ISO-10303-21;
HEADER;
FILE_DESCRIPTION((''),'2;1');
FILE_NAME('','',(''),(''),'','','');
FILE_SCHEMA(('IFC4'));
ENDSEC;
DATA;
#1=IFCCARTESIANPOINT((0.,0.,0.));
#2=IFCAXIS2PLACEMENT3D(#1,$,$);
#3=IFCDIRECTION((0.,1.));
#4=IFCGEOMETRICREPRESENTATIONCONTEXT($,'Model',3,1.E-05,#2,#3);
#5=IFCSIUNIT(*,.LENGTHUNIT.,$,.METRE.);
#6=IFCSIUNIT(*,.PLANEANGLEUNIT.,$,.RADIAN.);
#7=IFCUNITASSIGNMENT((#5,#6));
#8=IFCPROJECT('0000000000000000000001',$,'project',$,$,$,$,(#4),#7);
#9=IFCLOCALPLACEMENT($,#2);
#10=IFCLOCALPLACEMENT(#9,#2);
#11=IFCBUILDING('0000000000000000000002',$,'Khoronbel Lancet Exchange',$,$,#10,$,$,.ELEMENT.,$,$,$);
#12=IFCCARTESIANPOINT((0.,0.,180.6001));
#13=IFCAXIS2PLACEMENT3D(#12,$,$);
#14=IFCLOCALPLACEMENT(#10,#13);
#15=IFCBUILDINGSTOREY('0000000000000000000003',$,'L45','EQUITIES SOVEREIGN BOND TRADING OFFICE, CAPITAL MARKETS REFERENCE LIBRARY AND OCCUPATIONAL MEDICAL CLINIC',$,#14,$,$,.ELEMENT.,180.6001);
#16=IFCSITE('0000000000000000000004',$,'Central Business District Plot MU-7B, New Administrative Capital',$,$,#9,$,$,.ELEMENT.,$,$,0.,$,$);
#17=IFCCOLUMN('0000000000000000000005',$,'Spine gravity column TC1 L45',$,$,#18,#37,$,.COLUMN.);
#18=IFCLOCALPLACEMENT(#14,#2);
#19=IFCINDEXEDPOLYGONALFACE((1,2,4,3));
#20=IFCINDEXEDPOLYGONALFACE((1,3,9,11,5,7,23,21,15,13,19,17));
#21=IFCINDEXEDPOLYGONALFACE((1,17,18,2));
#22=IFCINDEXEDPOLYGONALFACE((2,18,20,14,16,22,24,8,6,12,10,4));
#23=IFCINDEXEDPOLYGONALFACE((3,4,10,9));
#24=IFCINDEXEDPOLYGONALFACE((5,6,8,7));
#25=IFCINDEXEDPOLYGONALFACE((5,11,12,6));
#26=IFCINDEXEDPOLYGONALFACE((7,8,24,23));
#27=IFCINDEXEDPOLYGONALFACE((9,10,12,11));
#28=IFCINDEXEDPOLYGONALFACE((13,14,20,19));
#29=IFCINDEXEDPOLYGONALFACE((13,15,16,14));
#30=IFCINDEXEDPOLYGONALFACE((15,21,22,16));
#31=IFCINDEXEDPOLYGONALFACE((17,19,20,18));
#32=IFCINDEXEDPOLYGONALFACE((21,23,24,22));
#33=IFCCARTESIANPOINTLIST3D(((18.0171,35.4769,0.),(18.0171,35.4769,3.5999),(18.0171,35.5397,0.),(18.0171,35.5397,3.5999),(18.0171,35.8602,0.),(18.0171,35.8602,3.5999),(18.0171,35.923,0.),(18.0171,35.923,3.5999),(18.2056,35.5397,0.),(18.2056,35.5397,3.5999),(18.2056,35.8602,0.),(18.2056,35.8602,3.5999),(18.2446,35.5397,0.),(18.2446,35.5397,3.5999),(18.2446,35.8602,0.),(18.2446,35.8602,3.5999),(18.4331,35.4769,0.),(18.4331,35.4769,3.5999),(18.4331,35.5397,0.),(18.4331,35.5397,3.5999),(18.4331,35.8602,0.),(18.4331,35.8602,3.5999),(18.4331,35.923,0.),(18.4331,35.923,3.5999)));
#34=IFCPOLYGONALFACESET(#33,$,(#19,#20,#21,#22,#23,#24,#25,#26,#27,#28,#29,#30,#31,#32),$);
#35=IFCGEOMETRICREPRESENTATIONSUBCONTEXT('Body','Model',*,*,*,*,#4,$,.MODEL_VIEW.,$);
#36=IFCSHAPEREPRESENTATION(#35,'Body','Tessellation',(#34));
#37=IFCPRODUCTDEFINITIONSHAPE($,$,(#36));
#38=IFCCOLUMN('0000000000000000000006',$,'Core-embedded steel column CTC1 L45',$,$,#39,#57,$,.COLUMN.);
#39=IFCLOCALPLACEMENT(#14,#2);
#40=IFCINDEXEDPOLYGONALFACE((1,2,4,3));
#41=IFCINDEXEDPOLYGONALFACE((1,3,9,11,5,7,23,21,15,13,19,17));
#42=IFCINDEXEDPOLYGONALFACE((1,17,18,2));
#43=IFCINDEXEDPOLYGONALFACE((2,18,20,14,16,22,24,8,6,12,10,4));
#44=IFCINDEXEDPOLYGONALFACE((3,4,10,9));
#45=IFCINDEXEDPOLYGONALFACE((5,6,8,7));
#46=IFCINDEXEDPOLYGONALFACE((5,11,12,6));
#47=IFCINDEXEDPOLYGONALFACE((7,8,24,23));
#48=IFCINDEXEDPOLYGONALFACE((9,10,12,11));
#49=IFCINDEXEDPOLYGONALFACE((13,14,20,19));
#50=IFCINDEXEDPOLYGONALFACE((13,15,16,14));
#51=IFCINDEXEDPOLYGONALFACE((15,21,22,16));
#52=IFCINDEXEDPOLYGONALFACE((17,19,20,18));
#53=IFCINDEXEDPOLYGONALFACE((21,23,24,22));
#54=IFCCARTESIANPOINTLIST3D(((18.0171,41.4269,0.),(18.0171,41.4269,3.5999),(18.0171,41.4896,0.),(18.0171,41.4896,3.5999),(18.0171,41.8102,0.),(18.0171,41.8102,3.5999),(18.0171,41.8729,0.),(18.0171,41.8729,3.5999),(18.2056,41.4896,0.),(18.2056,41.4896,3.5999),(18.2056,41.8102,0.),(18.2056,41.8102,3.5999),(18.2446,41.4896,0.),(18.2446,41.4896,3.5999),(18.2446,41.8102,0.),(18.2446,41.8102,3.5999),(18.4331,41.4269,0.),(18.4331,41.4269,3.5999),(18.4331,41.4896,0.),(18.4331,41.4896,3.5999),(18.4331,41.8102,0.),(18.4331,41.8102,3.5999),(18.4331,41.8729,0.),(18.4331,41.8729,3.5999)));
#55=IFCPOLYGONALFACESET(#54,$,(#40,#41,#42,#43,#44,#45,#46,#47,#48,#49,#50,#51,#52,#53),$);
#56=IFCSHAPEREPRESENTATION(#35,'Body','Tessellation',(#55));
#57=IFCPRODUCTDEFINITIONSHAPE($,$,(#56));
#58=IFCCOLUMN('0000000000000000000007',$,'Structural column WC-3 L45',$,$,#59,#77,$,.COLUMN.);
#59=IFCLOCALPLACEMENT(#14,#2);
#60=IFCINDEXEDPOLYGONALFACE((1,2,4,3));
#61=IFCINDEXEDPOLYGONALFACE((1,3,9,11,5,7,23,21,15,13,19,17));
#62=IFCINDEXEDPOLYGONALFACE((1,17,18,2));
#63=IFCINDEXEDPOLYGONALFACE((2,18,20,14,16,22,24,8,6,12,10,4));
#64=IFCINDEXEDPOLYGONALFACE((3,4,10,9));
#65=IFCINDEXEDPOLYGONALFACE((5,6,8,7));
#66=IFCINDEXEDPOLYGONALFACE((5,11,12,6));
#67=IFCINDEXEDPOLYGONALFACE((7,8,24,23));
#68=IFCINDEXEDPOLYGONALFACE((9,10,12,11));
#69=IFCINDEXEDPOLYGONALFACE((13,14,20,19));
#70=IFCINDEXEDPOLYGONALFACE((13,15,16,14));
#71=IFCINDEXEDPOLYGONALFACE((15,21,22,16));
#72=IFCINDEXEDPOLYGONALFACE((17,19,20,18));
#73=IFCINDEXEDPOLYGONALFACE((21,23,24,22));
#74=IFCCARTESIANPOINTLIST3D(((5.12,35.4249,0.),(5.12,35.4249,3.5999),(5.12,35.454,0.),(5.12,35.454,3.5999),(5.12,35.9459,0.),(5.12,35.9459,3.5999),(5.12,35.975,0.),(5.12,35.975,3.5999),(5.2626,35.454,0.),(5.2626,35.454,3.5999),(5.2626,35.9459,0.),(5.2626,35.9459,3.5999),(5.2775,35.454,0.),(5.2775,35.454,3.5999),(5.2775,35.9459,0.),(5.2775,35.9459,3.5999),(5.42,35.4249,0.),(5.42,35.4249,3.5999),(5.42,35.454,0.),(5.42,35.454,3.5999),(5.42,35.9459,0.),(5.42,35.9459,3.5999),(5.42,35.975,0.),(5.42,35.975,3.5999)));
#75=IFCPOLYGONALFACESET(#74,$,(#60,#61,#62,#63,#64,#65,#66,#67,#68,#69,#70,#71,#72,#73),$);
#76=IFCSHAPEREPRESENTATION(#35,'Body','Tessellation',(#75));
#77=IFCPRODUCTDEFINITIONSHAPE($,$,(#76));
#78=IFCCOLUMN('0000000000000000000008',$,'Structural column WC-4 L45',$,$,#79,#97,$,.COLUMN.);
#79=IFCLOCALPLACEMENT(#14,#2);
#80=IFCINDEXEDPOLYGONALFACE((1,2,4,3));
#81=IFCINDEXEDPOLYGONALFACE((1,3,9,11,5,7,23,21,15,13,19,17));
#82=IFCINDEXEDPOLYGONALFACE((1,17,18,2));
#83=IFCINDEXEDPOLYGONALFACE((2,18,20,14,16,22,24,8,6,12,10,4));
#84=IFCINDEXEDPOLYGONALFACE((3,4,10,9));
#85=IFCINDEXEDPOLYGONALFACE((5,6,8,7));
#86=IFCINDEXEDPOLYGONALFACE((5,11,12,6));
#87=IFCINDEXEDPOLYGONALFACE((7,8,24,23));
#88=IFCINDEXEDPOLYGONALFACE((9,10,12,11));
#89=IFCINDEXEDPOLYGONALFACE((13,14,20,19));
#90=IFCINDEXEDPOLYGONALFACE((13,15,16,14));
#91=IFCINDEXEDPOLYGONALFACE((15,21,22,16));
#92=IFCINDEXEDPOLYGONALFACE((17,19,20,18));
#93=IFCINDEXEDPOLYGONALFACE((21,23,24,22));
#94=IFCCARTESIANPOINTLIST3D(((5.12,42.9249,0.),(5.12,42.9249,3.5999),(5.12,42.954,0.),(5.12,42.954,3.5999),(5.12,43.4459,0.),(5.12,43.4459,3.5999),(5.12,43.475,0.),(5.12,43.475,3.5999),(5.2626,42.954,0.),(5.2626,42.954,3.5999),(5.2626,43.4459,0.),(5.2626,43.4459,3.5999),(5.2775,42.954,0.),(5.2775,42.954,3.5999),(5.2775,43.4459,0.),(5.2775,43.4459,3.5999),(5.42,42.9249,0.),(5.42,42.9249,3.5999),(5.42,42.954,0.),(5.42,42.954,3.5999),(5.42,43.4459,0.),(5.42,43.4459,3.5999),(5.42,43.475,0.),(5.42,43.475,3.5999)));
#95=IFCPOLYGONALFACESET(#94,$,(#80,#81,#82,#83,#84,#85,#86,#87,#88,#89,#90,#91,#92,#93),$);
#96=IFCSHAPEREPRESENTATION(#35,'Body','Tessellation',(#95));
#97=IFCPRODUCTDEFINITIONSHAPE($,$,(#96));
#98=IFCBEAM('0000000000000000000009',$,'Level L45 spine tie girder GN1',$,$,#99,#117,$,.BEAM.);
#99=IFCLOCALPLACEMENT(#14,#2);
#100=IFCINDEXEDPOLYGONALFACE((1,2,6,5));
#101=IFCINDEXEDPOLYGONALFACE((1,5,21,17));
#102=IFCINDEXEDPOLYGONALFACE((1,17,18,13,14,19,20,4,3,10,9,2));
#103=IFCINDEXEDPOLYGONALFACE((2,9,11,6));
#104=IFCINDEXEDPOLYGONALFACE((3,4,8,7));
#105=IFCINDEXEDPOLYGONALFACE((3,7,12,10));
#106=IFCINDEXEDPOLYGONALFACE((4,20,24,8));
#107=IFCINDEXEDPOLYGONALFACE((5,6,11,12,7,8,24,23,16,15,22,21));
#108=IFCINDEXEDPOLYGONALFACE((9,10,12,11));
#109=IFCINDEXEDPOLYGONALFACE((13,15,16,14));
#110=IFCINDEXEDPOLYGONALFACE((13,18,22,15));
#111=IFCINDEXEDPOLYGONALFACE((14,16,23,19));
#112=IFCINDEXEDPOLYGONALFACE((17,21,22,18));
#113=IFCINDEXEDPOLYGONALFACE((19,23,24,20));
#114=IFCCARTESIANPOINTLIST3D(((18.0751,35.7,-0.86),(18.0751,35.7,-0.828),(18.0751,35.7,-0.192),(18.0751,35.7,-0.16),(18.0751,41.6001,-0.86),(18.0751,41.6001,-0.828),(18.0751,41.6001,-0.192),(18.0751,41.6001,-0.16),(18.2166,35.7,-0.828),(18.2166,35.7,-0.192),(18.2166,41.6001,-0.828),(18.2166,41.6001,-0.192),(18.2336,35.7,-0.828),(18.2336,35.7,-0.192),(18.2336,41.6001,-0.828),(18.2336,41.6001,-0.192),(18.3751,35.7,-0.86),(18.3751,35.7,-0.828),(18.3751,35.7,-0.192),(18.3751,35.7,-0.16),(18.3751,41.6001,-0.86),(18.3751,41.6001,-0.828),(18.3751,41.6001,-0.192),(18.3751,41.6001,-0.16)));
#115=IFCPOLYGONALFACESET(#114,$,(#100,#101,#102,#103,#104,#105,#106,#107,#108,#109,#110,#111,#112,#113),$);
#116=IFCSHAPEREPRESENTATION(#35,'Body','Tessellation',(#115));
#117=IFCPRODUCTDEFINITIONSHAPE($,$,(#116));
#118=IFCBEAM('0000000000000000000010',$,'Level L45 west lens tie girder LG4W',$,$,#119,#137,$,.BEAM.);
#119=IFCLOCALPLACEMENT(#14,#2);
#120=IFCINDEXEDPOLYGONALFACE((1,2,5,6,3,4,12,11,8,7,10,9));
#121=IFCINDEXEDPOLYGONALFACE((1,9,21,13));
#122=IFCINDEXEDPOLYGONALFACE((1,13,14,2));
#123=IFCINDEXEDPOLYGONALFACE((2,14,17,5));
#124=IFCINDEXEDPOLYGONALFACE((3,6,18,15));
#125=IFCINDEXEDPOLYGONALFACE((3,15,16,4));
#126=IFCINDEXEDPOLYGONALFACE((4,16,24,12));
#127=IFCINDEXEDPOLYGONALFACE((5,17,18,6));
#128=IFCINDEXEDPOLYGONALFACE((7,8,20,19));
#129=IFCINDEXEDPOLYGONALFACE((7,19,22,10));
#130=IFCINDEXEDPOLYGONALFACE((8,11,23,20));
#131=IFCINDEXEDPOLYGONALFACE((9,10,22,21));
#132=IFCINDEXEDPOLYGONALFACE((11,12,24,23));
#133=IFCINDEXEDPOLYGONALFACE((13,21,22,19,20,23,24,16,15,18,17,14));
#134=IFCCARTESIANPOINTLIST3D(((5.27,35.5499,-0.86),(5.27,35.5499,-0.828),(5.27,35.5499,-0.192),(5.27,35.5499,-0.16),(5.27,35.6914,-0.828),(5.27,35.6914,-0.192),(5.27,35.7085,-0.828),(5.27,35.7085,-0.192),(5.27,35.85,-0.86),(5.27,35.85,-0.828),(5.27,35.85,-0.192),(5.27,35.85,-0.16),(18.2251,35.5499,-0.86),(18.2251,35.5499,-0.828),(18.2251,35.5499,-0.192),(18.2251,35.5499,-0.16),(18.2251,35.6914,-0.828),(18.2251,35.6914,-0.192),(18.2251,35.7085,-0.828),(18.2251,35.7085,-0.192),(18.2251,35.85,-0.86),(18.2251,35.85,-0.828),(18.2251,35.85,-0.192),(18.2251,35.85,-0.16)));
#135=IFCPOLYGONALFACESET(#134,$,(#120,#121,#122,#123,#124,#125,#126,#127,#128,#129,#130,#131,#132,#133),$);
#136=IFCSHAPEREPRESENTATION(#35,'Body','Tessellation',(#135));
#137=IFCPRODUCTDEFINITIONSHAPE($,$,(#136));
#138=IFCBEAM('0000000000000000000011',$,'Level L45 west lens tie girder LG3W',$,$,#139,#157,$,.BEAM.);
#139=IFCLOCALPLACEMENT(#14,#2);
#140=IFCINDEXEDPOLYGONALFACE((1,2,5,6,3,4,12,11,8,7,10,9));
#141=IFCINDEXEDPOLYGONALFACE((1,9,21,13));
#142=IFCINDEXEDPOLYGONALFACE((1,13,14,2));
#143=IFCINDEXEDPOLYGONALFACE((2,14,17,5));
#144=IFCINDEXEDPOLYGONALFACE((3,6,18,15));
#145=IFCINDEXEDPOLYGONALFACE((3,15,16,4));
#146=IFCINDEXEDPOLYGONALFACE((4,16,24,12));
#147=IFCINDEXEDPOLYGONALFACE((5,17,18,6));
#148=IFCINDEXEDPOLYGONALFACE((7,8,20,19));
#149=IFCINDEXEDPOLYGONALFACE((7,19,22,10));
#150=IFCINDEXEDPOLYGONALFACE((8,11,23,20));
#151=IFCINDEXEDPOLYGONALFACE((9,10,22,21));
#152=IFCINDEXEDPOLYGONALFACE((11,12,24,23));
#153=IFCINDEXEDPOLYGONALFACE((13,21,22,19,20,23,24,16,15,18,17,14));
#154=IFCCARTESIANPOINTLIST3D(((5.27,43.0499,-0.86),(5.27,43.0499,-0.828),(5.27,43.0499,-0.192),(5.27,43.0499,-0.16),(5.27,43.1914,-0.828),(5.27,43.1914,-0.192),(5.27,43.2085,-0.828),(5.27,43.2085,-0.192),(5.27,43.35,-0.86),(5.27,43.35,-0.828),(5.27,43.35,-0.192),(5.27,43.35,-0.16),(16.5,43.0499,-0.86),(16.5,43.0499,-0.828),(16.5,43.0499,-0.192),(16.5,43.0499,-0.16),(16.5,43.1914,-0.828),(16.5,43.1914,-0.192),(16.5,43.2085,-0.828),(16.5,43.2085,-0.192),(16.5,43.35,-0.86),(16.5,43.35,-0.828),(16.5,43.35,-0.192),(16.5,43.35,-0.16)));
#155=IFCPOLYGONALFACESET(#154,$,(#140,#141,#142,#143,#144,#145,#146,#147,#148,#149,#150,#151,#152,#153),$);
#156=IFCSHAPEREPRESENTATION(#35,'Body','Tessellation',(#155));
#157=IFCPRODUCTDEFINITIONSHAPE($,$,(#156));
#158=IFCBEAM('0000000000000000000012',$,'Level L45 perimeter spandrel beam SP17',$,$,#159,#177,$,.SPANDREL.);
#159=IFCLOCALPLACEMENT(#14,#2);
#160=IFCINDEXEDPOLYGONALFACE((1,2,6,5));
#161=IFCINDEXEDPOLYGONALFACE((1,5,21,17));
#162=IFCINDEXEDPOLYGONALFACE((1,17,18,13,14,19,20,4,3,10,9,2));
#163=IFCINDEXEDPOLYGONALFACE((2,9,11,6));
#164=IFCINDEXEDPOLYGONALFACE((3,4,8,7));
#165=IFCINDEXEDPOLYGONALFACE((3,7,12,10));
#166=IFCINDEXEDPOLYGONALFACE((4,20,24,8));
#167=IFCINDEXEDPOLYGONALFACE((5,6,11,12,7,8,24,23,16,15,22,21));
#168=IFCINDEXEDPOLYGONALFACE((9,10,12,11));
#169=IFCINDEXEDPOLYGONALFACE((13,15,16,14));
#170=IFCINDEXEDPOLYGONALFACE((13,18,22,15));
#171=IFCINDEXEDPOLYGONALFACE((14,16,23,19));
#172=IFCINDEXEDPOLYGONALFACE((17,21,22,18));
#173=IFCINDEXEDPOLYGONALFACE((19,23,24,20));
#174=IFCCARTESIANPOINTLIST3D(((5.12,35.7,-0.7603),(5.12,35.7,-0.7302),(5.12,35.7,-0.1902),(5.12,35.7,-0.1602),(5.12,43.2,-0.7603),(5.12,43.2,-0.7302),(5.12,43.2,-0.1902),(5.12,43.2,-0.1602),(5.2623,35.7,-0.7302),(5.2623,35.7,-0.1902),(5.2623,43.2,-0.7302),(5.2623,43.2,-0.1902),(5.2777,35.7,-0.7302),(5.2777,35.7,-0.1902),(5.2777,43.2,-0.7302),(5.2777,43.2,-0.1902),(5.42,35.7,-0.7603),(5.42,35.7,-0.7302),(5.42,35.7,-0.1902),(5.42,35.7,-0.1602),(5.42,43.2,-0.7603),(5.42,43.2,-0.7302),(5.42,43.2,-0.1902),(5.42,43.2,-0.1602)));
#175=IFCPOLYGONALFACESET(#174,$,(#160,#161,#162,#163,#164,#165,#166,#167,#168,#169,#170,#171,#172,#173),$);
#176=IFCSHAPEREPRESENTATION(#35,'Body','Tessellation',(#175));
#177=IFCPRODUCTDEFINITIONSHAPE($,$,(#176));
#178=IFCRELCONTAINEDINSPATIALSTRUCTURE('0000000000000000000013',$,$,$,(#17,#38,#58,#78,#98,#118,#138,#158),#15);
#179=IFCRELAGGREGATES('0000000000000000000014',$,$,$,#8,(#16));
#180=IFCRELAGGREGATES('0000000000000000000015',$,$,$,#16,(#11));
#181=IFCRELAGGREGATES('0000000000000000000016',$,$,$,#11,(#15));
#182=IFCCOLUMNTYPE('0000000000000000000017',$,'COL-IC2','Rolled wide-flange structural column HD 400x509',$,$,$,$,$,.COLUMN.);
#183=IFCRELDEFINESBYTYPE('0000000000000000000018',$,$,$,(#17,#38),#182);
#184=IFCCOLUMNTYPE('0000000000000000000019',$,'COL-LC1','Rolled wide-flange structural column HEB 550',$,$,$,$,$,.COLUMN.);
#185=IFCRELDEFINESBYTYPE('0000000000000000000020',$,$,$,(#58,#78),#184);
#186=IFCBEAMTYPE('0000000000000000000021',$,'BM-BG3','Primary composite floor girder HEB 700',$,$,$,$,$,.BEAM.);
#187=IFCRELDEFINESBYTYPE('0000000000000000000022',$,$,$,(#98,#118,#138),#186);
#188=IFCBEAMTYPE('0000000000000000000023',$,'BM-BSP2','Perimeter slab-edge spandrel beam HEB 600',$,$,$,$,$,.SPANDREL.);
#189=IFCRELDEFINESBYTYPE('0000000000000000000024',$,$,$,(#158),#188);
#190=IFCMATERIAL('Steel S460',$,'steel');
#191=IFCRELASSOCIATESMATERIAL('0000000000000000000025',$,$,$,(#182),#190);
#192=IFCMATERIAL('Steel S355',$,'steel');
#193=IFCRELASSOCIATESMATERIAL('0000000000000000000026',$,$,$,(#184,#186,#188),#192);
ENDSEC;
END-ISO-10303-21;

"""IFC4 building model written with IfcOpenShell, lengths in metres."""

from ifc_helpers import new_model, si_unit, direction, frame, origin, origin_2d, place, context, subcontext, project, spatial, i_section, extrude, material, material_profile, profile_set, type_object, element, save


model = new_model("IFC4")

# Units and contexts
model_context = context("Model", 3, precision=1e-05, world=origin(), true_north=direction((0.0, 1.0)))
body_context = subcontext(model_context, "Body", "Model", "MODEL_VIEW")
ifc_project = project(units=[si_unit("LENGTHUNIT", "METRE"), si_unit("PLANEANGLEUNIT", "RADIAN")], contexts=[model_context])

# Site, building, storey
site_placement = place(None, origin())
site = spatial("IfcSite", under=ifc_project, at=site_placement, Name="Central Business District Plot MU-7B, New Administrative Capital", CompositionType="ELEMENT", RefElevation=0.0)
building_placement = place(site_placement, origin())
building = spatial("IfcBuilding", under=site, at=building_placement, Name="Khoronbel Lancet Exchange", CompositionType="ELEMENT")
storey_placement = place(building_placement, frame((0.0, 0.0, 180.6001)))
storey = spatial("IfcBuildingStorey", under=building, at=storey_placement, Name="L45", Description="EQUITIES SOVEREIGN BOND TRADING OFFICE, CAPITAL MARKETS REFERENCE LIBRARY AND OCCUPATIONAL MEDICAL CLINIC", CompositionType="ELEMENT", Elevation=180.6001)

# Columns
ifc_material_1 = material(Name="Steel S460", Category="steel")
ifc_material_profile_1 = material_profile(ifc_material_1, i_section(OverallWidth=0.416, OverallDepth=0.446, WebThickness=0.0391, FlangeThickness=0.0627, at=origin_2d()), Name="HD 400x509")
ifc_profile_set_1 = profile_set([ifc_material_profile_1], Name="Steel S460")
column_type_1 = type_object("IfcColumnType", Name="COL-IC2", Description="Rolled wide-flange structural column HD 400x509", PredefinedType="COLUMN", material=ifc_profile_set_1)
for number, where, z_axis, x_axis, name in (
    (1, (18.2251, 35.7, 0.0), (0.0, 0.0, 1.0), (1.0, 0.0, 0.0), "Spine gravity column TC1 L45"),
    (2, (18.2251, 41.6499, 0.0), (0.0, 0.0, 1.0), (1.0, 0.0, 0.0), "Core-embedded steel column CTC1 L45"),
):
    element("IfcColumn", number, at=place(storey_placement, frame(where, z_axis=z_axis, x_axis=x_axis)), inside=storey, type_object=column_type_1, Name=name, PredefinedType="COLUMN", context=body_context, shape_type="SweptSolid", body=[
        extrude(i_section(OverallWidth=0.416, OverallDepth=0.446, WebThickness=0.0391, FlangeThickness=0.0627, at=origin_2d()), origin(), (0.0, 0.0, 1.0), 3.5999),
    ])
ifc_material_2 = material(Name="Steel S355", Category="steel")
ifc_material_profile_2 = material_profile(ifc_material_2, i_section(OverallWidth=0.3, OverallDepth=0.55, WebThickness=0.0149, FlangeThickness=0.0291, at=origin_2d()), Name="HEB 550")
ifc_profile_set_2 = profile_set([ifc_material_profile_2], Name="Steel S355")
column_type_2 = type_object("IfcColumnType", Name="COL-LC1", Description="Rolled wide-flange structural column HEB 550", PredefinedType="COLUMN", material=ifc_profile_set_2)
for number, where, z_axis, x_axis, name in (
    (3, (5.27, 35.7, 0.0), (0.0, 0.0, 1.0), (1.0, 0.0, 0.0), "Structural column WC-3 L45"),
    (4, (5.27, 43.2, 0.0), (0.0, 0.0, 1.0), (1.0, 0.0, 0.0), "Structural column WC-4 L45"),
):
    element("IfcColumn", number, at=place(storey_placement, frame(where, z_axis=z_axis, x_axis=x_axis)), inside=storey, type_object=column_type_2, Name=name, PredefinedType="COLUMN", context=body_context, shape_type="SweptSolid", body=[
        extrude(i_section(OverallWidth=0.3, OverallDepth=0.55, WebThickness=0.0149, FlangeThickness=0.0291, at=origin_2d()), origin(), (0.0, 0.0, 1.0), 3.5999),
    ])

# Beams
ifc_material_profile_3 = material_profile(ifc_material_2, i_section(OverallWidth=0.3, OverallDepth=0.7, WebThickness=0.0171, FlangeThickness=0.032, at=origin_2d()), Name="HEB 700")
ifc_profile_set_3 = profile_set([ifc_material_profile_3], Name="Steel S355")
beam_type_1 = type_object("IfcBeamType", Name="BM-BG3", Description="Primary composite floor girder HEB 700", PredefinedType="BEAM", material=ifc_profile_set_3)
beam_1_placement = place(storey_placement, frame((18.2251, 35.7, -0.51), z_axis=(0.0, 1.0, 0.0), x_axis=(-1.0, 0.0, 0.0)))
element("IfcBeam", 5, at=beam_1_placement, inside=storey, type_object=beam_type_1, Name="Level L45 spine tie girder GN1", PredefinedType="BEAM", context=body_context, shape_type="SweptSolid", body=[
    extrude(i_section(OverallWidth=0.3, OverallDepth=0.7, WebThickness=0.0171, FlangeThickness=0.032, at=origin_2d()), origin(), (0.0, 0.0, 1.0), 5.9001),
])
beam_2_placement = place(storey_placement, frame((5.27, 35.7, -0.51), z_axis=(1.0, 0.0, 0.0), x_axis=(0.0, 1.0, 0.0)))
element("IfcBeam", 6, at=beam_2_placement, inside=storey, type_object=beam_type_1, Name="Level L45 west lens tie girder LG4W", PredefinedType="BEAM", context=body_context, shape_type="SweptSolid", body=[
    extrude(i_section(OverallWidth=0.3, OverallDepth=0.7, WebThickness=0.0171, FlangeThickness=0.032, at=origin_2d()), origin(), (0.0, 0.0, 1.0), 12.9551),
])
beam_3_placement = place(storey_placement, frame((5.27, 43.2, -0.51), z_axis=(1.0, 0.0, 0.0), x_axis=(0.0, 1.0, 0.0)))
element("IfcBeam", 7, at=beam_3_placement, inside=storey, type_object=beam_type_1, Name="Level L45 west lens tie girder LG3W", PredefinedType="BEAM", context=body_context, shape_type="SweptSolid", body=[
    extrude(i_section(OverallWidth=0.3, OverallDepth=0.7, WebThickness=0.0171, FlangeThickness=0.032, at=origin_2d()), origin(), (0.0, 0.0, 1.0), 11.23),
])
ifc_material_profile_4 = material_profile(ifc_material_2, i_section(OverallWidth=0.3, OverallDepth=0.6001, WebThickness=0.0154, FlangeThickness=0.03, at=origin_2d()), Name="HEB 600")
ifc_profile_set_4 = profile_set([ifc_material_profile_4], Name="Steel S355")
beam_type_2 = type_object("IfcBeamType", Name="BM-BSP2", Description="Perimeter slab-edge spandrel beam HEB 600", PredefinedType="SPANDREL", material=ifc_profile_set_4)
beam_4_placement = place(storey_placement, frame((5.27, 43.2, -0.4602), z_axis=(0.0, -1.0, 0.0), x_axis=(1.0, 0.0, 0.0)))
element("IfcBeam", 8, at=beam_4_placement, inside=storey, type_object=beam_type_2, Name="Level L45 perimeter spandrel beam SP17", PredefinedType="SPANDREL", context=body_context, shape_type="SweptSolid", body=[
    extrude(i_section(OverallWidth=0.3, OverallDepth=0.6001, WebThickness=0.0154, FlangeThickness=0.03, at=origin_2d()), origin(), (0.0, 0.0, 1.0), 7.5),
])

save(model, "model.ifc")
